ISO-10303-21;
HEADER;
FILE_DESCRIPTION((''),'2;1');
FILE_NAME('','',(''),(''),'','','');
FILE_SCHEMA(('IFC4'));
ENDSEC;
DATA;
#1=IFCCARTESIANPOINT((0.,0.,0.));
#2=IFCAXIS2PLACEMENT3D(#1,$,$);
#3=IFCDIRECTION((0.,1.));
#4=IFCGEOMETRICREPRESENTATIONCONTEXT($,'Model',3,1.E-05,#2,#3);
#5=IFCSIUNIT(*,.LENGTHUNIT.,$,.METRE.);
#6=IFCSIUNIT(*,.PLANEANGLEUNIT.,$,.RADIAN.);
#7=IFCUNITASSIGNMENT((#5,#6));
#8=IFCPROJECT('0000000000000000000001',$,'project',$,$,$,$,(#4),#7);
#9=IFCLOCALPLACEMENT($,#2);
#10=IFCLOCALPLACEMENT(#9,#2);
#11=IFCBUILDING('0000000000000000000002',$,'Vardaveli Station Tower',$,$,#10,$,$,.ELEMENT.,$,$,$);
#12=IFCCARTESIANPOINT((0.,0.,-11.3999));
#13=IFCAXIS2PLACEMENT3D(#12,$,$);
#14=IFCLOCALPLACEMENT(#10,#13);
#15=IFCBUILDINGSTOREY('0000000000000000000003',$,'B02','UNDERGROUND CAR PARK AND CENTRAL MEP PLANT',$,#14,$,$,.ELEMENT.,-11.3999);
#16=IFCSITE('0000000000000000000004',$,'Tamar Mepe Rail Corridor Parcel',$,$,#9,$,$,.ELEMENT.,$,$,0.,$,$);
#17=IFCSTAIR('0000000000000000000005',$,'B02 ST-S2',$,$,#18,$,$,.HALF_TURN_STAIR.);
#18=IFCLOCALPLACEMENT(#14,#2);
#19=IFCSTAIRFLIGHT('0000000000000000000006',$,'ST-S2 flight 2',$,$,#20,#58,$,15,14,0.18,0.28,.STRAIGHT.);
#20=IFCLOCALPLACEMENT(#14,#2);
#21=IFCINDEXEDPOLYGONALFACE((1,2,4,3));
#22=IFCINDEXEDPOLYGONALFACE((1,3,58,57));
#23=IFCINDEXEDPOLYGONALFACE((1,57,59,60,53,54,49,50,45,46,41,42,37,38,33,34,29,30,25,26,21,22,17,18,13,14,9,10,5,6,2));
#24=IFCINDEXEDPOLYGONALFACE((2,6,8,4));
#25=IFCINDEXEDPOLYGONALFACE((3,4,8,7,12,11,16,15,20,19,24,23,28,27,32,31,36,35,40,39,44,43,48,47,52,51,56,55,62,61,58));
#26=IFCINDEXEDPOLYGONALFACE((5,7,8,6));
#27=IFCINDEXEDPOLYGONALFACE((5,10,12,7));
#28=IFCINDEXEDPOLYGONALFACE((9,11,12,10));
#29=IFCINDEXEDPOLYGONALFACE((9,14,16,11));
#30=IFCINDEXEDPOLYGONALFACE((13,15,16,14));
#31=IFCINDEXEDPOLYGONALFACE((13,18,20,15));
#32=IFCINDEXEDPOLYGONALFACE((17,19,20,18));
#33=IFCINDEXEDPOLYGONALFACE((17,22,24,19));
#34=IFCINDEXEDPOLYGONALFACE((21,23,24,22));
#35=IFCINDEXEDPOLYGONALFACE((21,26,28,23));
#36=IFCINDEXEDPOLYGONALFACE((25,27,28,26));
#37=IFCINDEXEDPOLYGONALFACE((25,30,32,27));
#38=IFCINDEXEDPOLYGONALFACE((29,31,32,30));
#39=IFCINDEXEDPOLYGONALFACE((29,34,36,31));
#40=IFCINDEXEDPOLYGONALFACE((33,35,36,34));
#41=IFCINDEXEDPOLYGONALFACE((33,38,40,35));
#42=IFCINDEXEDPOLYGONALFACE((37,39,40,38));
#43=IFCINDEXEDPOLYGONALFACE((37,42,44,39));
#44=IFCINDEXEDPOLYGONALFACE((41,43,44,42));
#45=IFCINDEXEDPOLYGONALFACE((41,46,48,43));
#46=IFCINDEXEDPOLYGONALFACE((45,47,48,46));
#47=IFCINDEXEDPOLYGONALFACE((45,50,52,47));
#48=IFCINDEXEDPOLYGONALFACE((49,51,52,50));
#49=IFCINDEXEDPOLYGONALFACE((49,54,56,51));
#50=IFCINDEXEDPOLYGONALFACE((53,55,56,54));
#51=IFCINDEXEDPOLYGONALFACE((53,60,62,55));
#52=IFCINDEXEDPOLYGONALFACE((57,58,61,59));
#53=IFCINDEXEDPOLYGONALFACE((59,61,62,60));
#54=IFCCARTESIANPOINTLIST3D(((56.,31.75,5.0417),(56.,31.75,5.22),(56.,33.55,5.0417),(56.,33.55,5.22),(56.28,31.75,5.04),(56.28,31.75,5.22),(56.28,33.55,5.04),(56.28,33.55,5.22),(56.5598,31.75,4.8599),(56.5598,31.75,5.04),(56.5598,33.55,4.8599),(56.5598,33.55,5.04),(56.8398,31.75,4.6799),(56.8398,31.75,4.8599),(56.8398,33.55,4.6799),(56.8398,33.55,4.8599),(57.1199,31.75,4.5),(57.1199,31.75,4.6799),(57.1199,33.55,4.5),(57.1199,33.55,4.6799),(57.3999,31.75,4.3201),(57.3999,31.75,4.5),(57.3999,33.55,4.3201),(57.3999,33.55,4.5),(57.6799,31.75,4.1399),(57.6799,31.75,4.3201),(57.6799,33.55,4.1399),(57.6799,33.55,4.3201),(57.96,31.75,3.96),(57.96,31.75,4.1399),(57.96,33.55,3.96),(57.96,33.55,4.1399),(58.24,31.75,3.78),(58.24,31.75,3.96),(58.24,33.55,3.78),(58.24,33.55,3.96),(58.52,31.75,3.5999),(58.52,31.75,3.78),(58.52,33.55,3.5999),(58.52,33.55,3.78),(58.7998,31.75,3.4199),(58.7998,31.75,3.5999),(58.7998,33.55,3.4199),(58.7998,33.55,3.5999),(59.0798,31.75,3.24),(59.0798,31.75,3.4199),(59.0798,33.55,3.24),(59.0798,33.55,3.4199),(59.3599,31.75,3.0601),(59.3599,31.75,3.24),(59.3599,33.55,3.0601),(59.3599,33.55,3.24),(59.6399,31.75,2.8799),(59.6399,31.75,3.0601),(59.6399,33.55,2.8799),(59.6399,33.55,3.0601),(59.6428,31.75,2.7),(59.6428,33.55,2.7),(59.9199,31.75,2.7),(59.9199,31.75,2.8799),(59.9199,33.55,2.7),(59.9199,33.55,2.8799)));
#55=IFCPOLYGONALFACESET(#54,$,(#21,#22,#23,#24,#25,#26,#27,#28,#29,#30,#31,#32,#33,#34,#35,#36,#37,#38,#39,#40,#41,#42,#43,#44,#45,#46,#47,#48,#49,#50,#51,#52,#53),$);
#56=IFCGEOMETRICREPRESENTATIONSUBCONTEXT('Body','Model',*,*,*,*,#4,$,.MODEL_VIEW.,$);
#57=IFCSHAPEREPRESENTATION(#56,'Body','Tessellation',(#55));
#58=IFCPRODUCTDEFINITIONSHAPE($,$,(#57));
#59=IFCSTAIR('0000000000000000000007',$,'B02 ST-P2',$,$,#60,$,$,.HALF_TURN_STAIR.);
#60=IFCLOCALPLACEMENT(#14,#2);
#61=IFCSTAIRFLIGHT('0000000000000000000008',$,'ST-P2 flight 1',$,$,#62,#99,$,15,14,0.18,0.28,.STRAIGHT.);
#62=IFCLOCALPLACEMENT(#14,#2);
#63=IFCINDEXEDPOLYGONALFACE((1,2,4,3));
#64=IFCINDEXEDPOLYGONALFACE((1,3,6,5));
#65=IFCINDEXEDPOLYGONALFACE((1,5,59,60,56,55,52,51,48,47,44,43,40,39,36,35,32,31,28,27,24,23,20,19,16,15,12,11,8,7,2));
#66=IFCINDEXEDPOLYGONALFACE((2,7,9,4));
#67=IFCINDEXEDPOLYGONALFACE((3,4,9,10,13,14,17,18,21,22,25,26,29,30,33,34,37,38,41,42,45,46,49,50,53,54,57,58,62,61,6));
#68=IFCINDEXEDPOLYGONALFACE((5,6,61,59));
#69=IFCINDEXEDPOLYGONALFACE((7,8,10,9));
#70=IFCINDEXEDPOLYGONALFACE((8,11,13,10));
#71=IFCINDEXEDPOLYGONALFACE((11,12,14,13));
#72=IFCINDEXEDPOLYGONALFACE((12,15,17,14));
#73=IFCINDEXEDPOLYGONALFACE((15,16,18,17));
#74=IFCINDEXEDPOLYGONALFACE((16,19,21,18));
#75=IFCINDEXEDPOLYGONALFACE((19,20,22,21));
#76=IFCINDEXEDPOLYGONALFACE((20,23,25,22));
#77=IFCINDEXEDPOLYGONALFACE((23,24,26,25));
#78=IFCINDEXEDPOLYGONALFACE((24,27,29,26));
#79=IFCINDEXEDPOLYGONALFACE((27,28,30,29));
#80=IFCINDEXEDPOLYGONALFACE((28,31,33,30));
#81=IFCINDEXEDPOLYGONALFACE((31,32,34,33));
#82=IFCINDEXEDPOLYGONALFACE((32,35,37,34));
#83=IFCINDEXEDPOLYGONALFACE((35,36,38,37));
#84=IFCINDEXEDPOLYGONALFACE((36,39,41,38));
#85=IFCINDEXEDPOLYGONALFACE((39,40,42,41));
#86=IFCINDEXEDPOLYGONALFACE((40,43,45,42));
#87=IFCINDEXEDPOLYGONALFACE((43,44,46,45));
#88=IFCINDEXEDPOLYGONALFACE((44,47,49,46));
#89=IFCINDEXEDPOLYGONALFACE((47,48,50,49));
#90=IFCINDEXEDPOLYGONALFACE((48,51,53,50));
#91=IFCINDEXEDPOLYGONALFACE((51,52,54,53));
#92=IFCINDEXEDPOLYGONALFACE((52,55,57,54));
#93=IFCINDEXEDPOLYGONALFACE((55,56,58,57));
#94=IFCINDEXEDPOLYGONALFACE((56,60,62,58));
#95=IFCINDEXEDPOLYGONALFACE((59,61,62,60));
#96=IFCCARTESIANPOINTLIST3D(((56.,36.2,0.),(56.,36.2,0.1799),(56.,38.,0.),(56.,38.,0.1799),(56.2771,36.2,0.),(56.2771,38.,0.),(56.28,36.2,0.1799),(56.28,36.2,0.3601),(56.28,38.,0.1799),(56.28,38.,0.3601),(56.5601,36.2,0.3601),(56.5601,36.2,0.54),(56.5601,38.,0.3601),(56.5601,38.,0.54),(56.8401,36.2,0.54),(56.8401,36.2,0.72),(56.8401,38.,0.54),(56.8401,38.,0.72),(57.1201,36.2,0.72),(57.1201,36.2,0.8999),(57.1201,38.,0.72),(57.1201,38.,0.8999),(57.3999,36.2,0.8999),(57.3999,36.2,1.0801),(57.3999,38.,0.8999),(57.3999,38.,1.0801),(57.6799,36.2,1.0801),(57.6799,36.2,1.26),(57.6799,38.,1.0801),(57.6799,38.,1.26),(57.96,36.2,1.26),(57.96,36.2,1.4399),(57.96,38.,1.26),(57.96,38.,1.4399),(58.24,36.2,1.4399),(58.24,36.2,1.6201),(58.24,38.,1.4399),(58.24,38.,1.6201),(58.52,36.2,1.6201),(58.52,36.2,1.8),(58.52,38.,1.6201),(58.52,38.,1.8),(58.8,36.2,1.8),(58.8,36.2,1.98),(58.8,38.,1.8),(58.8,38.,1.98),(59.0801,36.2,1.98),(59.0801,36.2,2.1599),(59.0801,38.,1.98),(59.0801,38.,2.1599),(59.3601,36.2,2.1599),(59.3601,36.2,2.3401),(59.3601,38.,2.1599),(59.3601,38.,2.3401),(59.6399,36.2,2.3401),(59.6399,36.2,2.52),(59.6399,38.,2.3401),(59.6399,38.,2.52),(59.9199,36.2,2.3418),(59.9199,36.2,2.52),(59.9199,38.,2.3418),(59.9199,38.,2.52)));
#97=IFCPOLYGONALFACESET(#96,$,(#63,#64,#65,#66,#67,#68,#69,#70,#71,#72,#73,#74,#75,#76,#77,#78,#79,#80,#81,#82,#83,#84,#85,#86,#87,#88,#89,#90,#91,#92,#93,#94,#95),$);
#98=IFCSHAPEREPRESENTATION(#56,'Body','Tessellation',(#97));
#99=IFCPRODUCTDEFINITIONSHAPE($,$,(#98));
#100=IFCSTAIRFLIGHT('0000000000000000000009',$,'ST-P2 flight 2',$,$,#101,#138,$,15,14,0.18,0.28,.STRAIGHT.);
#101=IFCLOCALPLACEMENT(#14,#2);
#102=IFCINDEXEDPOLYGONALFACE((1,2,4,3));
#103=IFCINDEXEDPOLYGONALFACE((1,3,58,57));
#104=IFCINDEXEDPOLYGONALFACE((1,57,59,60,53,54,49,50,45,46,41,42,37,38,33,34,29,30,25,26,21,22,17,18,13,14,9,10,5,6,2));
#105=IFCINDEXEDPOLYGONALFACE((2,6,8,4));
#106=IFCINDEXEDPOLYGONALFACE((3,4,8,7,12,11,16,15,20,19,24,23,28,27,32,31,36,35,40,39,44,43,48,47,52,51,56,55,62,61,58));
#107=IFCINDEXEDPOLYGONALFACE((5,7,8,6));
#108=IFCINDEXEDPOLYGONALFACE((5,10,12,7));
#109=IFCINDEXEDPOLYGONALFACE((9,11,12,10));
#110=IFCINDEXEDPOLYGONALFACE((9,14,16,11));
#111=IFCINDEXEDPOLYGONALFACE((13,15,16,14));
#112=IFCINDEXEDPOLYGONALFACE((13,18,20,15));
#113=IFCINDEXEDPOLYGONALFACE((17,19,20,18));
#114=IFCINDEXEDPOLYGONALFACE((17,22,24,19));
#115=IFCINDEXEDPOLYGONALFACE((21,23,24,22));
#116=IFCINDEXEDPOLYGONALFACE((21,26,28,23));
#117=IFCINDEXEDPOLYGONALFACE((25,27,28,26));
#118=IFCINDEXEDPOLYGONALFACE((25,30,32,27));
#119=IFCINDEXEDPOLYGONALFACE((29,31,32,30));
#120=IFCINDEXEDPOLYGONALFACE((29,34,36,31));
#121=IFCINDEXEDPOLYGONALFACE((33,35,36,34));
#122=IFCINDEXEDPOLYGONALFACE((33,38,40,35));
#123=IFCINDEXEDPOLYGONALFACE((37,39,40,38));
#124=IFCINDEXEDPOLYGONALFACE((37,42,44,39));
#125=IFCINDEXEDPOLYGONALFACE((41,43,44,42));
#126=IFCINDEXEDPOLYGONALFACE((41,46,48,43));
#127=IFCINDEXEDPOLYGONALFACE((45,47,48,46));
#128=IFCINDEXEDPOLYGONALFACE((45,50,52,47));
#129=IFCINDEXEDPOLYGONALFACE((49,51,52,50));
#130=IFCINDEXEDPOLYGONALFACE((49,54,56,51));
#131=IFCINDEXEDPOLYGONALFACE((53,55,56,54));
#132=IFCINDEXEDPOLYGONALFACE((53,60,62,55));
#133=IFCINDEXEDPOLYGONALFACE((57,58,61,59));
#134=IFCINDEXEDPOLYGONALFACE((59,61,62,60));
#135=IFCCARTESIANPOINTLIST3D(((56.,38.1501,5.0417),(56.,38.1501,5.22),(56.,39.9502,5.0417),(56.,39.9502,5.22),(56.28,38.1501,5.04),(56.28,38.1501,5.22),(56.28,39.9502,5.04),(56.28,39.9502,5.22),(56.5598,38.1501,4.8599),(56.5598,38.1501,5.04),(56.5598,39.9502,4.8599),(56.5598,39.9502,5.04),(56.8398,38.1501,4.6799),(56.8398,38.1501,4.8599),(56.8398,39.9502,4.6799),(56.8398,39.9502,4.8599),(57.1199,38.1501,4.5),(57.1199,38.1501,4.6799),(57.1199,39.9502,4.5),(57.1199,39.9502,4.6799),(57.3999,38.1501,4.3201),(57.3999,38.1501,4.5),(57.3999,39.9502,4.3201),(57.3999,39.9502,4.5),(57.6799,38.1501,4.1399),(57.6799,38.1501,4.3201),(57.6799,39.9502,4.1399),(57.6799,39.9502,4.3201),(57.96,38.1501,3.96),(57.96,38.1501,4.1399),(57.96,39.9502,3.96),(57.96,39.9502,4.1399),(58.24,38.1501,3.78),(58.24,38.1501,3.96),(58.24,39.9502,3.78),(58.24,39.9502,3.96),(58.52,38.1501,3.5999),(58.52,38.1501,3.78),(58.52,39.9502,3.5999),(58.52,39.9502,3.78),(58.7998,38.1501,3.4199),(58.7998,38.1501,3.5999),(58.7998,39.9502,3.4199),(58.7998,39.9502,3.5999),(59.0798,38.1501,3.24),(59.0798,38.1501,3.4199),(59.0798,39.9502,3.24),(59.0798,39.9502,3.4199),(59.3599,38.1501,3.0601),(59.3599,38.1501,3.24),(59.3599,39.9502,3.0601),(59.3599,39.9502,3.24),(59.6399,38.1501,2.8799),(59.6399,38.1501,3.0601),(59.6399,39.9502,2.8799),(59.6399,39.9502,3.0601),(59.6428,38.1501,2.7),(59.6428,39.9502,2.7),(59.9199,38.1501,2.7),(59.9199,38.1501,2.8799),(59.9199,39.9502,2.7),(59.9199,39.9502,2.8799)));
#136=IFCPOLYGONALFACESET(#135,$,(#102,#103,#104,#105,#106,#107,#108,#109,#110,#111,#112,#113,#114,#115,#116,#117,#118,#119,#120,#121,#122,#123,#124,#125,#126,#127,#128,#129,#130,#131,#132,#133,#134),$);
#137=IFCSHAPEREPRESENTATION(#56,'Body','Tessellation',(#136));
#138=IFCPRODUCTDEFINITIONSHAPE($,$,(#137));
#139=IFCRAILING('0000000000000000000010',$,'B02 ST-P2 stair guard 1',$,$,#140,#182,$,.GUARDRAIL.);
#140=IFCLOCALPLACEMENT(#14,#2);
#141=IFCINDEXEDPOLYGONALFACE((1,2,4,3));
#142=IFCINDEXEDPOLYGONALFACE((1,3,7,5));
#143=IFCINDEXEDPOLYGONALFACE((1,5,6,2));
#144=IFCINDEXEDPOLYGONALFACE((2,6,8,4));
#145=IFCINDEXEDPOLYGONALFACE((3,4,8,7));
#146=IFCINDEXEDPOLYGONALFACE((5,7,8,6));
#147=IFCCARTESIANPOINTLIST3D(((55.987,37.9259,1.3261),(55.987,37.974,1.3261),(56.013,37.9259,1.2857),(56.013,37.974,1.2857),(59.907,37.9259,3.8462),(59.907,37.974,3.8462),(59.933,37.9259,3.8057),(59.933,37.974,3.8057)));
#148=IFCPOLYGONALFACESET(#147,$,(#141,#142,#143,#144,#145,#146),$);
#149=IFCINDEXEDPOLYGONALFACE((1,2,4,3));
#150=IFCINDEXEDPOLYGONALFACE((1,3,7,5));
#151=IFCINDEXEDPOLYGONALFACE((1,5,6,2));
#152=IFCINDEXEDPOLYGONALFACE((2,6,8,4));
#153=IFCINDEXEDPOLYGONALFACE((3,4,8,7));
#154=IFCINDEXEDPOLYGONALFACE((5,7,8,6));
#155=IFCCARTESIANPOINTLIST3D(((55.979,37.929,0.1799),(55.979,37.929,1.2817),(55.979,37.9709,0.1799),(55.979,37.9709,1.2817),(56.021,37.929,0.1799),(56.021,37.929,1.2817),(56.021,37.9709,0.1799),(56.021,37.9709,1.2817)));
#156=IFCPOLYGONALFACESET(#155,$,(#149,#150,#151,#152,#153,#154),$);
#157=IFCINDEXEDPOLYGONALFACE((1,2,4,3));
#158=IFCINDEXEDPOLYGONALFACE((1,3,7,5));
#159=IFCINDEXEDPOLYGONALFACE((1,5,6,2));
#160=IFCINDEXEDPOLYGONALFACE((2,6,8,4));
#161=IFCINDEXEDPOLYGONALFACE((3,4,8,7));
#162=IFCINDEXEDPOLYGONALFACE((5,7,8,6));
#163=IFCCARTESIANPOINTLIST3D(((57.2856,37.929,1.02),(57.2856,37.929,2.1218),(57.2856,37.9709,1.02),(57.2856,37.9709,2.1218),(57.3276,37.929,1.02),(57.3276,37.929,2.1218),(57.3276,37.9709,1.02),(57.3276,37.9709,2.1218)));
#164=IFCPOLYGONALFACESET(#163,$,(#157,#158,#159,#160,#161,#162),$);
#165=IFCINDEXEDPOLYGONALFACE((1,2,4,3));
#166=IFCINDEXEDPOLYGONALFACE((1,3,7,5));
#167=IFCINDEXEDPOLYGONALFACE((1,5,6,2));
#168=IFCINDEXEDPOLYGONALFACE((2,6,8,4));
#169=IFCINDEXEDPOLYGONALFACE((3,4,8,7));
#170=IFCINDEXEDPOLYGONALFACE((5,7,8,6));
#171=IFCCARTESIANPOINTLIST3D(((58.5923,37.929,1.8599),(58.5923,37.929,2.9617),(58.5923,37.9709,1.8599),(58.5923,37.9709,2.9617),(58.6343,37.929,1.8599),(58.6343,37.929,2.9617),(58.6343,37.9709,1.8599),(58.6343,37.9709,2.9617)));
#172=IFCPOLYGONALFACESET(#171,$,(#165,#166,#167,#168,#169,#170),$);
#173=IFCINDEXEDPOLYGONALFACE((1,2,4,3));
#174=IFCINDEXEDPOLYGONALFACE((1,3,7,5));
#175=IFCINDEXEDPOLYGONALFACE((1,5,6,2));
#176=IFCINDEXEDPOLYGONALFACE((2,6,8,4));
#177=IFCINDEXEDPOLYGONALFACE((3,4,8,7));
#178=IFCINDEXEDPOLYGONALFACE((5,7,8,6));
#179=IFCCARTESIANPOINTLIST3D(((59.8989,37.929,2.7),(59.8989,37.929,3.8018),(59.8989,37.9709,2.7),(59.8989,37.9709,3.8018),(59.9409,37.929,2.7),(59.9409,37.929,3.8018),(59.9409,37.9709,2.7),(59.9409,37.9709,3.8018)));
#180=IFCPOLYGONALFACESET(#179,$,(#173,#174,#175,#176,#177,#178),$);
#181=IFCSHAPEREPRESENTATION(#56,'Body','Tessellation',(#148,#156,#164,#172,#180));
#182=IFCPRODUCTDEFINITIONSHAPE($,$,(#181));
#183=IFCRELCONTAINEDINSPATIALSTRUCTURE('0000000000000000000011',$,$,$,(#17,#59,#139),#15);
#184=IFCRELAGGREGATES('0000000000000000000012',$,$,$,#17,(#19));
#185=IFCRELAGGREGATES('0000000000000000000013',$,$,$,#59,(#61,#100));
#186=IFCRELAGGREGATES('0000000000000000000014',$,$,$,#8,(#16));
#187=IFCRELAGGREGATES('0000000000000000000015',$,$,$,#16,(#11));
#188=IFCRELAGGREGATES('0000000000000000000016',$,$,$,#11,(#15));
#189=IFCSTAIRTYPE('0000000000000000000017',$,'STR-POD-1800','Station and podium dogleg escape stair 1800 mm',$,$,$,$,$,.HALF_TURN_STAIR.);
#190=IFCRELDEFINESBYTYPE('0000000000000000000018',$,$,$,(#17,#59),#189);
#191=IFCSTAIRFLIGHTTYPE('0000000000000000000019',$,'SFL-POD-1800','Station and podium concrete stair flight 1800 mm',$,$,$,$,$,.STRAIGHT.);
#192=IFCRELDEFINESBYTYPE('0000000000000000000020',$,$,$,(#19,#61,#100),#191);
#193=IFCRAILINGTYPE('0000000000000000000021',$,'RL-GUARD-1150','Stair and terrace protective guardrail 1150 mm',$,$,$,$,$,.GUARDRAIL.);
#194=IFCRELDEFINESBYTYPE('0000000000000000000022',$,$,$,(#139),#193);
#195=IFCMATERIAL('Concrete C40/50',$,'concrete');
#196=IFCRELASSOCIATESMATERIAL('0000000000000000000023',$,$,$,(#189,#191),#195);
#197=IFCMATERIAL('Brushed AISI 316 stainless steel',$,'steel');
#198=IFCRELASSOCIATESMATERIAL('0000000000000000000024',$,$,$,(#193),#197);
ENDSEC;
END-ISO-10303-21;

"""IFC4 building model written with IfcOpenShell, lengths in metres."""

from ifc_helpers import new_model, si_unit, direction, frame, origin, origin_2d, place, context, subcontext, project, spatial, polyline, rectangle, outline, extrude, source, transform, mapped, material, type_object, element, aggregate, save


model = new_model("IFC4")

# Units and contexts
model_context = context("Model", 3, precision=1e-05, world=origin(), true_north=direction((0.0, 1.0)))
body_context = subcontext(model_context, "Body", "Model", "MODEL_VIEW")
ifc_project = project(units=[si_unit("LENGTHUNIT", "METRE"), si_unit("PLANEANGLEUNIT", "RADIAN")], contexts=[model_context])

# Site, building, storey
site_placement = place(None, origin())
site = spatial("IfcSite", under=ifc_project, at=site_placement, Name="Tamar Mepe Rail Corridor Parcel", CompositionType="ELEMENT", RefElevation=0.0)
building_placement = place(site_placement, origin())
building = spatial("IfcBuilding", under=site, at=building_placement, Name="Vardaveli Station Tower", CompositionType="ELEMENT")
storey_placement = place(building_placement, frame((0.0, 0.0, -11.3999)))
storey = spatial("IfcBuildingStorey", under=building, at=storey_placement, Name="B02", Description="UNDERGROUND CAR PARK AND CENTRAL MEP PLANT", CompositionType="ELEMENT", Elevation=-11.3999)

# Shared definitions
ifc_material_1 = material(Name="Concrete C40/50", Category="concrete")

# Stair, stair flight
stair_type = type_object("IfcStairType", Name="STR-POD-1800", Description="Station and podium dogleg escape stair 1800 mm", PredefinedType="HALF_TURN_STAIR", material=ifc_material_1)
stair_1_placement = place(storey_placement, origin())
stair_1 = element("IfcStair", 1, at=stair_1_placement, inside=storey, type_object=stair_type, Name="B02 ST-S2", PredefinedType="HALF_TURN_STAIR")
stair_flight_type = type_object("IfcStairFlightType", Name="SFL-POD-1800", Description="Station and podium concrete stair flight 1800 mm", PredefinedType="STRAIGHT", material=ifc_material_1)
shared_shape_1 = source(origin(), body_context, "Body", "SweptSolid", [
    extrude(outline(polyline([(0.0, 0.0), (0.0, 0.1799), (0.28, 0.1799), (0.28, 0.3601), (0.5601, 0.3601), (0.5601, 0.54), (0.8401, 0.54), (0.8401, 0.72), (1.1201, 0.72), (1.1201, 0.8999), (1.3999, 0.8999), (1.3999, 1.0801), (1.6799, 1.0801), (1.6799, 1.26), (1.96, 1.26), (1.96, 1.4399), (2.24, 1.4399), (2.24, 1.6201), (2.52, 1.6201), (2.52, 1.8), (2.8, 1.8), (2.8, 1.98), (3.0801, 1.98), (3.0801, 2.1599), (3.3601, 2.1599), (3.3601, 2.3401), (3.6399, 2.3401), (3.6399, 2.52), (3.9199, 2.52), (3.9199, 2.7), (3.9199, 2.3418), (0.2771, 0.0), (0.0, 0.0)])), frame((0.0, 0.8999, 0.0), z_axis=(0.0, -1.0, 0.0), x_axis=(1.0, 0.0, 0.0)), (0.0, 0.0, 1.0), 1.8),
])
stair_flight_1_placement = place(storey_placement, frame((59.9199, 32.6499, 2.7), z_axis=(0.0, 0.0, 1.0), x_axis=(-1.0, 0.0, 0.0)))
stair_flight_1 = element("IfcStairFlight", 2, at=stair_flight_1_placement, type_object=stair_flight_type, Name="ST-S2 flight 2", NumberOfRisers=15, NumberOfTreads=14, PredefinedType="STRAIGHT", RiserHeight=0.18, TreadLength=0.28, context=body_context, shape_type="MappedRepresentation", body=[
    mapped(shared_shape_1, transform((0.0, 0.0, 0.0), scale=1.0)),
])
aggregate(stair_1, [stair_flight_1])

# Stair, stair flights
stair_2_placement = place(storey_placement, origin())
stair_2 = element("IfcStair", 3, at=stair_2_placement, inside=storey, type_object=stair_type, Name="B02 ST-P2", PredefinedType="HALF_TURN_STAIR")
stair_flight_2_placement = place(storey_placement, frame((56.0, 37.1001, 0.0), z_axis=(0.0, 0.0, 1.0), x_axis=(1.0, 0.0, 0.0)))
stair_flight_2 = element("IfcStairFlight", 4, at=stair_flight_2_placement, type_object=stair_flight_type, Name="ST-P2 flight 1", NumberOfRisers=15, NumberOfTreads=14, PredefinedType="STRAIGHT", RiserHeight=0.18, TreadLength=0.28, context=body_context, shape_type="MappedRepresentation", body=[
    mapped(shared_shape_1, transform((0.0, 0.0, 0.0), scale=1.0)),
])
stair_flight_3_placement = place(storey_placement, frame((59.9199, 39.05, 2.7), z_axis=(0.0, 0.0, 1.0), x_axis=(-1.0, 0.0, 0.0)))
stair_flight_3 = element("IfcStairFlight", 5, at=stair_flight_3_placement, type_object=stair_flight_type, Name="ST-P2 flight 2", NumberOfRisers=15, NumberOfTreads=14, PredefinedType="STRAIGHT", RiserHeight=0.18, TreadLength=0.28, context=body_context, shape_type="MappedRepresentation", body=[
    mapped(shared_shape_1, transform((0.0, 0.0, 0.0), scale=1.0)),
])
aggregate(stair_2, [stair_flight_2, stair_flight_3])

# Railing
ifc_material_2 = material(Name="Brushed AISI 316 stainless steel", Category="steel")
railing_type_1 = type_object("IfcRailingType", Name="RL-GUARD-1150", Description="Stair and terrace protective guardrail 1150 mm", PredefinedType="GUARDRAIL", material=ifc_material_2)
shared_shape_2 = source(origin(), body_context, "Body", "SweptSolid", [
    extrude(rectangle(XDim=0.0481, YDim=0.0481, at=origin_2d()), frame((0.0, 0.0, 1.126), z_axis=(0.841172, 0.0, 0.540768), x_axis=(0.0, 1.0, 0.0)), (0.0, 0.0, 1.0), 4.6602),
    extrude(rectangle(XDim=0.042, YDim=0.042, at=origin_2d()), origin(), (0.0, 0.0, 1.0), 1.1018),
    extrude(rectangle(XDim=0.042, YDim=0.042, at=origin_2d()), frame((1.3066, 0.0, 0.8401)), (0.0, 0.0, 1.0), 1.1018),
    extrude(rectangle(XDim=0.042, YDim=0.042, at=origin_2d()), frame((2.6133, 0.0, 1.6799)), (0.0, 0.0, 1.0), 1.1018),
    extrude(rectangle(XDim=0.042, YDim=0.042, at=origin_2d()), frame((3.9199, 0.0, 2.52)), (0.0, 0.0, 1.0), 1.1018),
])
railing_1_placement = place(storey_placement, frame((56.0, 37.95, 0.1799)))
element("IfcRailing", 6, at=railing_1_placement, inside=storey, type_object=railing_type_1, Name="B02 ST-P2 stair guard 1", PredefinedType="GUARDRAIL", context=body_context, shape_type="MappedRepresentation", body=[
    mapped(shared_shape_2, transform((0.0, 0.0, 0.0), scale=1.0)),
])

save(model, "model.ifc")
